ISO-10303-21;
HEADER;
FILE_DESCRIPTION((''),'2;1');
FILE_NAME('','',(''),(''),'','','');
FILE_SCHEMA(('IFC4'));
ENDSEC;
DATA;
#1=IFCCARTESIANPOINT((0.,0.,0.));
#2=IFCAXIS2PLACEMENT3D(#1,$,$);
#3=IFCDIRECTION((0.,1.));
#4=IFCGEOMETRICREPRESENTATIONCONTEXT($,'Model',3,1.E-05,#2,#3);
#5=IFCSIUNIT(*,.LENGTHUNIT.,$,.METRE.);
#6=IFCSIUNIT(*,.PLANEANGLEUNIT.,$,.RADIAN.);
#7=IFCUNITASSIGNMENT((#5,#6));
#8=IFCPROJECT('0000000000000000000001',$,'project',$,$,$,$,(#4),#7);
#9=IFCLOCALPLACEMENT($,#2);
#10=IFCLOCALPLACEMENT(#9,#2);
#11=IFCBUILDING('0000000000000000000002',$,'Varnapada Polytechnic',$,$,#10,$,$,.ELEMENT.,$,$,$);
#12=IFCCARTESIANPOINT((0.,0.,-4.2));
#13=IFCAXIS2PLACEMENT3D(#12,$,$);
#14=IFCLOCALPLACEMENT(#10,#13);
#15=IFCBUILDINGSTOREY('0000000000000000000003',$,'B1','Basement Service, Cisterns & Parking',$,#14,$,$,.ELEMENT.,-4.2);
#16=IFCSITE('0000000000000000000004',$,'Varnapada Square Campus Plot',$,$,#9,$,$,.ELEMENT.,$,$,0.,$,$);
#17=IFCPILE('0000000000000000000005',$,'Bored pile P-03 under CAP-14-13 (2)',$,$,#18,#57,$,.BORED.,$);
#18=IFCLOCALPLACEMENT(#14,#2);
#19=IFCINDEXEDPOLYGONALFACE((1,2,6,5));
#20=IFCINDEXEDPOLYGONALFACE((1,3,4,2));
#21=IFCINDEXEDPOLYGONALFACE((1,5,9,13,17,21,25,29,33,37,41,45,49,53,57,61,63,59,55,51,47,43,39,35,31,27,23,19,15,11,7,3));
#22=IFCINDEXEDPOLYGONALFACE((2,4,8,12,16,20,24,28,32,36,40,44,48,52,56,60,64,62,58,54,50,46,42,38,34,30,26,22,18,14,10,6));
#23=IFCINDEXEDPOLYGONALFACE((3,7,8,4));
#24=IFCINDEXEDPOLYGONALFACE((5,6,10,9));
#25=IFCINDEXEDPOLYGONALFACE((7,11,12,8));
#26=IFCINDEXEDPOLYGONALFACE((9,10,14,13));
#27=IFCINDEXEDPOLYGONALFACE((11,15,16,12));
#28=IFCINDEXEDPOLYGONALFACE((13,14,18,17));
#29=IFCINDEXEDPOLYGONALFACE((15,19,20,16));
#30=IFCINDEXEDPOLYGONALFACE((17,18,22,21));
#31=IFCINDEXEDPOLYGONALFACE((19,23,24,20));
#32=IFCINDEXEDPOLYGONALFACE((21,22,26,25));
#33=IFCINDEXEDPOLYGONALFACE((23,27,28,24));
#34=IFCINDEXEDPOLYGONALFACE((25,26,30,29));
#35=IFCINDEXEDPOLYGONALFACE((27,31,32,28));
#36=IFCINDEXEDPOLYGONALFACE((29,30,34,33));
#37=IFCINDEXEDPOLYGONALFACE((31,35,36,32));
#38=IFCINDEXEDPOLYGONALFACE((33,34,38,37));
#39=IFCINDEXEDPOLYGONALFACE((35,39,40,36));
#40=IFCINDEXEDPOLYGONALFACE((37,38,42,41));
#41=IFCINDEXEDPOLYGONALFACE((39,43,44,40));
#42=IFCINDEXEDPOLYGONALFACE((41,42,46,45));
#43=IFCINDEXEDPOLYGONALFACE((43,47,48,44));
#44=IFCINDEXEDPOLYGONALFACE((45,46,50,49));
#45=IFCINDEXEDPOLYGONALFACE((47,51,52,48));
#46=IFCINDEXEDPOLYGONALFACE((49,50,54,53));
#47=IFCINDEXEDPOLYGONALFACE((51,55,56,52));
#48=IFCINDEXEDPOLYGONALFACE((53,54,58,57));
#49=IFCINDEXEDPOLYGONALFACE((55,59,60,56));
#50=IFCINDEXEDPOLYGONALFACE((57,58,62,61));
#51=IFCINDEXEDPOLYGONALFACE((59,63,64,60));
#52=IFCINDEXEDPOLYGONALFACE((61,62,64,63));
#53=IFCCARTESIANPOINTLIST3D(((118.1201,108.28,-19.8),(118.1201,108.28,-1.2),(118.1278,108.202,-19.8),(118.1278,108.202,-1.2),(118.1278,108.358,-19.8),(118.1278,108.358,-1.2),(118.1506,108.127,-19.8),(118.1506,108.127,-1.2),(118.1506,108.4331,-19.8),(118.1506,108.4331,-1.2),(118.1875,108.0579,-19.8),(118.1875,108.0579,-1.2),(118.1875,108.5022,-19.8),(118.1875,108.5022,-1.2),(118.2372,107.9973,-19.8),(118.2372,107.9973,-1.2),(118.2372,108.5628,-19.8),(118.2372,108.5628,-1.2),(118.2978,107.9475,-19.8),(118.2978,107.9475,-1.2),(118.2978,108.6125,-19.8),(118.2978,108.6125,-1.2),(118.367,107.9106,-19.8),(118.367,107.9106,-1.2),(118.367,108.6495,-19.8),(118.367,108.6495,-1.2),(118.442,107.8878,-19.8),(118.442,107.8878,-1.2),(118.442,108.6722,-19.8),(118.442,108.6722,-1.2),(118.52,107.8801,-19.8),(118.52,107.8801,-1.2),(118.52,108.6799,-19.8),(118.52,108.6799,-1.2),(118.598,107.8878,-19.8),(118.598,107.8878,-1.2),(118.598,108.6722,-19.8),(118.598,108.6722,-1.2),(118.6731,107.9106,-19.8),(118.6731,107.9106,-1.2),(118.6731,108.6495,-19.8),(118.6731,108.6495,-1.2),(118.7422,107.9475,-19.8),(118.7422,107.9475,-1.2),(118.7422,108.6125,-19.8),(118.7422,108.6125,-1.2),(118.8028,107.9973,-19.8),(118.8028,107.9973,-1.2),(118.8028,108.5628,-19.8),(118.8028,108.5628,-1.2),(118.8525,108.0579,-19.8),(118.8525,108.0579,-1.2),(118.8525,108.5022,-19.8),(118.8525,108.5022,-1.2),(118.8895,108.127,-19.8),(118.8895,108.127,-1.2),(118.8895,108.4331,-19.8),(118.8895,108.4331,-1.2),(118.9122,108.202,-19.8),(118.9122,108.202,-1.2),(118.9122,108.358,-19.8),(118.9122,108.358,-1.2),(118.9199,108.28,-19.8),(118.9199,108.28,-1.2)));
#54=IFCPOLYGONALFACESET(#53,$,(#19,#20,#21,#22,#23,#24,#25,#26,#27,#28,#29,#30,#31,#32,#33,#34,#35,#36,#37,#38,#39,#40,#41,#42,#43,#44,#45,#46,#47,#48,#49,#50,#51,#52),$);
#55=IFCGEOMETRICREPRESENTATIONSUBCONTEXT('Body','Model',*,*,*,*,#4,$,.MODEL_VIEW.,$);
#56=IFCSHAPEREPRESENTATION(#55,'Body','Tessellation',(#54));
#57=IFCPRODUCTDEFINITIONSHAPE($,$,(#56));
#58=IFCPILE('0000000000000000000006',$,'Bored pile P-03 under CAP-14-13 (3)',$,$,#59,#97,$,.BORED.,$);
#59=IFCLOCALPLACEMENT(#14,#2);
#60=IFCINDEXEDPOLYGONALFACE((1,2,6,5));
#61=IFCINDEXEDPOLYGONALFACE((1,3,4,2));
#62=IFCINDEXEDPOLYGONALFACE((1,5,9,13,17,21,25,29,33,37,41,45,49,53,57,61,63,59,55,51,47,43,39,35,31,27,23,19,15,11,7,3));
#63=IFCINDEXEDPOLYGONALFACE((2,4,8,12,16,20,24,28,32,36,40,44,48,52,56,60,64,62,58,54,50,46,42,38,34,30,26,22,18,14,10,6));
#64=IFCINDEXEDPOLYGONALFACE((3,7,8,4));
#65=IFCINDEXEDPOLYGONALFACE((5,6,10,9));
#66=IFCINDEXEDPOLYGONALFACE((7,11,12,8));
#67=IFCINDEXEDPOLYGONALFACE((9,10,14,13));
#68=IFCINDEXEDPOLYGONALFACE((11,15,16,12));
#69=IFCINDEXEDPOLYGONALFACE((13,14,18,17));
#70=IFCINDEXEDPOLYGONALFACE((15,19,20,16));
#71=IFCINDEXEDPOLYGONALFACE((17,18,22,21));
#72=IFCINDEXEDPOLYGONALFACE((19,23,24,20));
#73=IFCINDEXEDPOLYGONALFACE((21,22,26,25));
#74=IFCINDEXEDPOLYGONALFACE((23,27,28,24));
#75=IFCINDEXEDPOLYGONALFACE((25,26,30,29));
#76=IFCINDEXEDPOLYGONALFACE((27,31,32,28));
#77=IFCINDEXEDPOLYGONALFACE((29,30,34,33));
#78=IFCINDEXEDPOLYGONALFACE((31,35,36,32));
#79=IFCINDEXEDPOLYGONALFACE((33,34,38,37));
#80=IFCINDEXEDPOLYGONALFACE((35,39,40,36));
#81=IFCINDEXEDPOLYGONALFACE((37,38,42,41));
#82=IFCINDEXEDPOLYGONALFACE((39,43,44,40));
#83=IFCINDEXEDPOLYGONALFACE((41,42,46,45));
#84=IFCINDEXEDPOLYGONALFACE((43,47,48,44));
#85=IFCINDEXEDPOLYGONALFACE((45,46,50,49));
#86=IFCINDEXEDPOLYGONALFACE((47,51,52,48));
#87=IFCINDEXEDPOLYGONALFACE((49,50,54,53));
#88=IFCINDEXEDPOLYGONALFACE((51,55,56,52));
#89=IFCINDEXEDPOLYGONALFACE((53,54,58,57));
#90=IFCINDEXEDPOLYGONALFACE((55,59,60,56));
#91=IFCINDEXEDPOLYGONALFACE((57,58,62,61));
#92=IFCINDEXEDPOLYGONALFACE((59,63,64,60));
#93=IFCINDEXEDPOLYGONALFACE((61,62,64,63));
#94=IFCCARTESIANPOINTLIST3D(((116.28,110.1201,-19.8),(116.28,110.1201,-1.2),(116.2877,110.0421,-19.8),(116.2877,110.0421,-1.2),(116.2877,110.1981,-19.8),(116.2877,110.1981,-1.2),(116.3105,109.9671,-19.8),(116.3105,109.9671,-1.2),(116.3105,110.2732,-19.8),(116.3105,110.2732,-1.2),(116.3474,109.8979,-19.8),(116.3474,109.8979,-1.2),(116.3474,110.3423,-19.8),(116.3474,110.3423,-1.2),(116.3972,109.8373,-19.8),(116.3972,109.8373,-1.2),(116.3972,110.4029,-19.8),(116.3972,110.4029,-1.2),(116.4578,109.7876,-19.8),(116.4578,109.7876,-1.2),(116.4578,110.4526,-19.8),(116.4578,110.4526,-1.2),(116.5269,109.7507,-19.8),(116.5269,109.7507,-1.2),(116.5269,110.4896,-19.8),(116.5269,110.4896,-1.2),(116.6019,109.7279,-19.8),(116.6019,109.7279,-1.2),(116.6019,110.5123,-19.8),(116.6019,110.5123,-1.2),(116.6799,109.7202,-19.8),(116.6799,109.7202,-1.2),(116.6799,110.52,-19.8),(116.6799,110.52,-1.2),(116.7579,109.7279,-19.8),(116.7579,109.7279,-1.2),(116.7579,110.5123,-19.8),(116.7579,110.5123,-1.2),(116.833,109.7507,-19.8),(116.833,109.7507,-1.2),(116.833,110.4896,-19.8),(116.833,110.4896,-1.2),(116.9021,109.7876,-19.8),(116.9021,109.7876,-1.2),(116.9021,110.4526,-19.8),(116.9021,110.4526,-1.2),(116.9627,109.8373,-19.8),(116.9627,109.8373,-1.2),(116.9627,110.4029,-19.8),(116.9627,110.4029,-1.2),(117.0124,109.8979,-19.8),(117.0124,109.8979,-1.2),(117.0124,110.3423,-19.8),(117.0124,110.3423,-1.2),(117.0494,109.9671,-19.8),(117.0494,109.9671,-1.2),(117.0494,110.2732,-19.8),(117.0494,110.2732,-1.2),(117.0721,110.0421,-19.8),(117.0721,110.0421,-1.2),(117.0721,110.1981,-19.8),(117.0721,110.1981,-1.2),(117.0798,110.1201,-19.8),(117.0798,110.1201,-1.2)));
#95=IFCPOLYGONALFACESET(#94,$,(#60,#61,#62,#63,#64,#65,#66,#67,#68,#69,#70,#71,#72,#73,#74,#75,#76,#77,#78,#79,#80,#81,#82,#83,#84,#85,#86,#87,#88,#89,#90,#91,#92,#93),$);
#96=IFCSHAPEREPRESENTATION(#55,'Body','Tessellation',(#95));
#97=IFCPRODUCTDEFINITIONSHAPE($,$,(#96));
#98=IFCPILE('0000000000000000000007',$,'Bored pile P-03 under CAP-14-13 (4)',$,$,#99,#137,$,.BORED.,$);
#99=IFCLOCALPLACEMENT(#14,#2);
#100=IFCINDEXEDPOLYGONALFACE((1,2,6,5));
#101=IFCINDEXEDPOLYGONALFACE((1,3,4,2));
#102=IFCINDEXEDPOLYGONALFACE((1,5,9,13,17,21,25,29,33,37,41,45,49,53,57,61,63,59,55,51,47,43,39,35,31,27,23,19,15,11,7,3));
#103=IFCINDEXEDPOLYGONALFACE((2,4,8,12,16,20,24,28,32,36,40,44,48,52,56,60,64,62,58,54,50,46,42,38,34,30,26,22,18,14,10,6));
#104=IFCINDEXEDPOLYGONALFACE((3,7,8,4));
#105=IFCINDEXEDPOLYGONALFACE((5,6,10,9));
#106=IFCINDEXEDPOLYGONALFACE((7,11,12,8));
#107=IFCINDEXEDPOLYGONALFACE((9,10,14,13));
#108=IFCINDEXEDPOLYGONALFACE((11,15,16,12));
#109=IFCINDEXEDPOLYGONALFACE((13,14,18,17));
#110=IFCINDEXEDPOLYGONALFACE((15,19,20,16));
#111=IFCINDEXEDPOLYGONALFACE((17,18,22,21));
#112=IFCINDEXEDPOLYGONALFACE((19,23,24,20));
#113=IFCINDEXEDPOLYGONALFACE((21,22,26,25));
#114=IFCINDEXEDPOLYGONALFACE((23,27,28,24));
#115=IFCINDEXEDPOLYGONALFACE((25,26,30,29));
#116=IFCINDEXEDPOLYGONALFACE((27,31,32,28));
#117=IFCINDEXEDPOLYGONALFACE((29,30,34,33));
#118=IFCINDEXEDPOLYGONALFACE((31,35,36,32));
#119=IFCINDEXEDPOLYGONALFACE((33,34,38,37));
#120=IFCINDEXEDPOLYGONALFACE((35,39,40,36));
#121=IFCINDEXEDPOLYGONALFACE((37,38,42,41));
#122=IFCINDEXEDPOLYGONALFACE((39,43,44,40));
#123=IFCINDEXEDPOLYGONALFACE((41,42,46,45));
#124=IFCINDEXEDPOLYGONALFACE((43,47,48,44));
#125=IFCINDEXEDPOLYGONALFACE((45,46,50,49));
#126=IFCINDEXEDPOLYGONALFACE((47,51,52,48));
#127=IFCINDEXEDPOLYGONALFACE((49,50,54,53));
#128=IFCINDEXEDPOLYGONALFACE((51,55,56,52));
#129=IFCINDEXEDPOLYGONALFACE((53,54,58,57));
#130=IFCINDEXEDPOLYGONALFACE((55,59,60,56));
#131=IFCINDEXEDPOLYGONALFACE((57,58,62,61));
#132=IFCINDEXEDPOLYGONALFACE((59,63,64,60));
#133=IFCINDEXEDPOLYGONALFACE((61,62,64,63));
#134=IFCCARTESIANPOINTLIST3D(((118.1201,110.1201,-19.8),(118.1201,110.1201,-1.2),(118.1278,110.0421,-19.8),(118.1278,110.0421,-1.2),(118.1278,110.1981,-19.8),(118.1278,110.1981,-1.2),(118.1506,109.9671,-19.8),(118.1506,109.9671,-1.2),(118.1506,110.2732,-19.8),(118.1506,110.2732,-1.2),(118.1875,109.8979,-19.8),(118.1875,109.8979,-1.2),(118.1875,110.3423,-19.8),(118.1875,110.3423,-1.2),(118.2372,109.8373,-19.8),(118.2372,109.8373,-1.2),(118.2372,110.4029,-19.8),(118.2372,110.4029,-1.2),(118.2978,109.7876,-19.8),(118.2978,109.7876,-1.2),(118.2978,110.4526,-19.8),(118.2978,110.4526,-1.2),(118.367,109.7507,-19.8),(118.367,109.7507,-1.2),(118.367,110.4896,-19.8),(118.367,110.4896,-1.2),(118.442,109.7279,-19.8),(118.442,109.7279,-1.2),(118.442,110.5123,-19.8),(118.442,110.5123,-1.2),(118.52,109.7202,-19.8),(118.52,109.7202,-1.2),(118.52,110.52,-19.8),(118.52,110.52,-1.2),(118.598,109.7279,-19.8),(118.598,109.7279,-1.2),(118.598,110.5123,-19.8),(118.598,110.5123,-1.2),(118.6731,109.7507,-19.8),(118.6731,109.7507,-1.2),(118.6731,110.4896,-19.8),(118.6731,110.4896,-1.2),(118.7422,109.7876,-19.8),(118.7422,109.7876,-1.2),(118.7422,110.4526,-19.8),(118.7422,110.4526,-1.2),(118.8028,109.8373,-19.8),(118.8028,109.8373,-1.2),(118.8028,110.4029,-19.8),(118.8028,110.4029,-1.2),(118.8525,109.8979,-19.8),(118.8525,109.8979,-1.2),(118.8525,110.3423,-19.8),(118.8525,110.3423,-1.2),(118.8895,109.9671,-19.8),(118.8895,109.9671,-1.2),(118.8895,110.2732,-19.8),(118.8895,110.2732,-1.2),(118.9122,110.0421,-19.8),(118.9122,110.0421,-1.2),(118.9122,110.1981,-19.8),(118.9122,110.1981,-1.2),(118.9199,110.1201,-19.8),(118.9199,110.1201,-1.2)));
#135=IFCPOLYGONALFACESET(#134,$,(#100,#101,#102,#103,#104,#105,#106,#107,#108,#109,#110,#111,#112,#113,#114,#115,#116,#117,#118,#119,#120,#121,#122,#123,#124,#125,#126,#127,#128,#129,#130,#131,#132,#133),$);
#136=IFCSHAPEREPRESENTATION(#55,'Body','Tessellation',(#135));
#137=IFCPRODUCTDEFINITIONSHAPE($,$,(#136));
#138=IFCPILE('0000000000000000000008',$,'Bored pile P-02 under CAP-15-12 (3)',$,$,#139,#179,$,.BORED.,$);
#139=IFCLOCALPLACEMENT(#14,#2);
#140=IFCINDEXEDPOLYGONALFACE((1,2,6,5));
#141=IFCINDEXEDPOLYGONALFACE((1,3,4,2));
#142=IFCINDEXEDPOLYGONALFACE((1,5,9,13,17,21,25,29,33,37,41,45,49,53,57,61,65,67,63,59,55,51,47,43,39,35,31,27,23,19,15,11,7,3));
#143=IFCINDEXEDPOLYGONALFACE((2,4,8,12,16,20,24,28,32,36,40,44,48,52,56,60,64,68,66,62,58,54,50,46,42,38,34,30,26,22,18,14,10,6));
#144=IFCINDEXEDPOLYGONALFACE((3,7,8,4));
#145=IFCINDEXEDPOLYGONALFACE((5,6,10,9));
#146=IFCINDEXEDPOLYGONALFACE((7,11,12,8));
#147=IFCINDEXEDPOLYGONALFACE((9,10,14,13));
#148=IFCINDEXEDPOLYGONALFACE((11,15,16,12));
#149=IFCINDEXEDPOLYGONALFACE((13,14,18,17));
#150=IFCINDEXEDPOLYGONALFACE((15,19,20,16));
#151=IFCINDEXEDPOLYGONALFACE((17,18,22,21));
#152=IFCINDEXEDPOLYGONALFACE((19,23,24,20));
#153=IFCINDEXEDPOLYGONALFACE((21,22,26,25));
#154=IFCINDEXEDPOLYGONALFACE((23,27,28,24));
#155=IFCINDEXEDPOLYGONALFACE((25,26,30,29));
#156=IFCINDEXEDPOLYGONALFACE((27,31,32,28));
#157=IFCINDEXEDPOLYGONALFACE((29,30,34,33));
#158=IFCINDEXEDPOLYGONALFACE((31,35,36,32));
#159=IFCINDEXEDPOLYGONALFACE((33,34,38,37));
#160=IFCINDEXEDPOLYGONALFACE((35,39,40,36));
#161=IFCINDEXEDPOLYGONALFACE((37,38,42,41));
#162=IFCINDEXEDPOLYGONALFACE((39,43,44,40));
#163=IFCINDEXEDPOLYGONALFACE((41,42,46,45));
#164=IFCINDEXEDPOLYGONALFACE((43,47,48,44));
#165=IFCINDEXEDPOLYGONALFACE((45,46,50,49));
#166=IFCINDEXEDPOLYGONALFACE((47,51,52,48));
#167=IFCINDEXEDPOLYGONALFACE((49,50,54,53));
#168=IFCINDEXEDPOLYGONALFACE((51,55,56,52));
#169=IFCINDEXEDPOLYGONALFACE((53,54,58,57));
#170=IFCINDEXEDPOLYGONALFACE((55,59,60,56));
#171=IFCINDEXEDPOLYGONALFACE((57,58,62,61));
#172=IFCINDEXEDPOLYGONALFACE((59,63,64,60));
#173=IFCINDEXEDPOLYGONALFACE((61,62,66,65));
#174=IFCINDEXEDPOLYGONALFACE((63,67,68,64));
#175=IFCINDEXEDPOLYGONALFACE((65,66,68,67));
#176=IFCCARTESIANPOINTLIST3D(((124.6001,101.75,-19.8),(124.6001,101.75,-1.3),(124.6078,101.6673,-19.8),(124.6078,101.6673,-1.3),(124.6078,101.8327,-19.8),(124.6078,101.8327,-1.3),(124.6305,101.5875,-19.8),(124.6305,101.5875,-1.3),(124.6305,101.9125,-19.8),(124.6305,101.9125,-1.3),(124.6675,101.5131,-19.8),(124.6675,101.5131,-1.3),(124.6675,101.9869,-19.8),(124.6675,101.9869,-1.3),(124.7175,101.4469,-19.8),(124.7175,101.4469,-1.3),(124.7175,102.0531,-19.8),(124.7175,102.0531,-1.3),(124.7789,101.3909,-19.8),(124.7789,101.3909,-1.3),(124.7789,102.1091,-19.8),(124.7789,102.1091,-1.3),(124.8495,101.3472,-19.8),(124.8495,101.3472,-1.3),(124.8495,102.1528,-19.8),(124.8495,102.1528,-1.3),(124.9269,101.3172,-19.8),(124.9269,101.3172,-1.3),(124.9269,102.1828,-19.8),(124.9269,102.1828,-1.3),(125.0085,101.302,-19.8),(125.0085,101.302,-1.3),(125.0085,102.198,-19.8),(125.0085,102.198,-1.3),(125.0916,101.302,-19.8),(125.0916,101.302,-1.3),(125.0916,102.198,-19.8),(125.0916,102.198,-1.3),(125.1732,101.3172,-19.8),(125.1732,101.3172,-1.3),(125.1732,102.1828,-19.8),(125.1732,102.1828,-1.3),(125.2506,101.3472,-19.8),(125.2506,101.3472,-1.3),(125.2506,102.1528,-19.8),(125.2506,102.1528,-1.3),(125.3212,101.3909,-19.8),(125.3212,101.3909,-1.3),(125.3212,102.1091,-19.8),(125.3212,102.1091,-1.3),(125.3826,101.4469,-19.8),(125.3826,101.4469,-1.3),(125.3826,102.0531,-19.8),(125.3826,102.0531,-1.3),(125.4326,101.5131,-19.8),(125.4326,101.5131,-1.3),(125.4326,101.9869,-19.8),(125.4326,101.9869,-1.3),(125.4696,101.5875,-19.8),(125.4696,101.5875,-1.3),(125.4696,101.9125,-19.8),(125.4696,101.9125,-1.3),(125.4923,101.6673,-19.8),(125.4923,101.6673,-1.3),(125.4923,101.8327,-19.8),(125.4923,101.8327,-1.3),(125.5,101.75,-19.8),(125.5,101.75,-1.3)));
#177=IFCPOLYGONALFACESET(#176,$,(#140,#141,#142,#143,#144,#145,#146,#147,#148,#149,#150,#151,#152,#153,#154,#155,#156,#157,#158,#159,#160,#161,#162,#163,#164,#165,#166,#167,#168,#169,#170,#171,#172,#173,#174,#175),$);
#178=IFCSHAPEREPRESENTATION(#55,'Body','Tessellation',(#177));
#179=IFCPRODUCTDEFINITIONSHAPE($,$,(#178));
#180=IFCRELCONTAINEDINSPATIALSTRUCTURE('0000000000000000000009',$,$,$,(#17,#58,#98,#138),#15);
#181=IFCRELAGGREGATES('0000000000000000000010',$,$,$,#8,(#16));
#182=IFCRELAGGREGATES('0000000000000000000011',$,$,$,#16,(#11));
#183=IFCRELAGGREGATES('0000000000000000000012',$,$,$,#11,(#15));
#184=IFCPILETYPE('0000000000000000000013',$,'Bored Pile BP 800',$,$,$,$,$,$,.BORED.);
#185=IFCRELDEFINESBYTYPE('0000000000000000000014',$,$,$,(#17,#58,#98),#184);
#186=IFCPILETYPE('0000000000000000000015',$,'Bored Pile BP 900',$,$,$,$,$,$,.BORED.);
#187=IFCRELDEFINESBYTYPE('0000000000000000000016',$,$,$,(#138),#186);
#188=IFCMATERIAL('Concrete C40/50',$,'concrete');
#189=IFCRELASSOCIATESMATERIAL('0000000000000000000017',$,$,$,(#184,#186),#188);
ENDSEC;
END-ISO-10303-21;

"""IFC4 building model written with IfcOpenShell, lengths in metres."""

from ifc_helpers import new_model, si_unit, direction, frame, origin, origin_2d, place, context, subcontext, project, spatial, circle, extrude, material, material_profile, profile_set, type_object, element, save


model = new_model("IFC4")

# Units and contexts
model_context = context("Model", 3, precision=1e-05, world=origin(), true_north=direction((0.0, 1.0)))
body_context = subcontext(model_context, "Body", "Model", "MODEL_VIEW")
ifc_project = project(units=[si_unit("LENGTHUNIT", "METRE"), si_unit("PLANEANGLEUNIT", "RADIAN")], contexts=[model_context])

# Site, building, storey
site_placement = place(None, origin())
site = spatial("IfcSite", under=ifc_project, at=site_placement, Name="Varnapada Square Campus Plot", CompositionType="ELEMENT", RefElevation=0.0)
building_placement = place(site_placement, origin())
building = spatial("IfcBuilding", under=site, at=building_placement, Name="Varnapada Polytechnic", CompositionType="ELEMENT")
storey_placement = place(building_placement, frame((0.0, 0.0, -4.2)))
storey = spatial("IfcBuildingStorey", under=building, at=storey_placement, Name="B1", Description="Basement Service, Cisterns & Parking", CompositionType="ELEMENT", Elevation=-4.2)

# Piles
ifc_material_1 = material(Name="Concrete C40/50", Category="concrete")
ifc_material_profile_1 = material_profile(ifc_material_1, circle(Radius=0.3999, at=origin_2d()), Name="BP 800")
ifc_profile_set_1 = profile_set([ifc_material_profile_1], Name="Concrete C40/50")
pile_type_1 = type_object("IfcPileType", Name="Bored Pile BP 800", PredefinedType="BORED", material=ifc_profile_set_1)
for number, where, z_axis, x_axis, name in (
    (1, (118.52, 108.28, -1.2), (0.0, 0.0, -1.0), (1.0, 0.0, 0.0), "Bored pile P-03 under CAP-14-13 (2)"),
    (2, (116.6799, 110.1201, -1.2), (0.0, 0.0, -1.0), (1.0, 0.0, 0.0), "Bored pile P-03 under CAP-14-13 (3)"),
    (3, (118.52, 110.1201, -1.2), (0.0, 0.0, -1.0), (1.0, 0.0, 0.0), "Bored pile P-03 under CAP-14-13 (4)"),
):
    element("IfcPile", number, at=place(storey_placement, frame(where, z_axis=z_axis, x_axis=x_axis)), inside=storey, type_object=pile_type_1, Name=name, PredefinedType="BORED", context=body_context, shape_type="SweptSolid", body=[
        extrude(circle(Radius=0.3999, at=origin_2d()), origin(), (0.0, 0.0, 1.0), 18.6001),
    ])
ifc_material_profile_2 = material_profile(ifc_material_1, circle(Radius=0.45, at=origin_2d()), Name="BP 900")
ifc_profile_set_2 = profile_set([ifc_material_profile_2], Name="Concrete C40/50")
pile_type_2 = type_object("IfcPileType", Name="Bored Pile BP 900", PredefinedType="BORED", material=ifc_profile_set_2)
for number, where, z_axis, x_axis, name in (
    (4, (125.05, 101.75, -1.3), (0.0, 0.0, -1.0), (1.0, 0.0, 0.0), "Bored pile P-02 under CAP-15-12 (3)"),
):
    element("IfcPile", number, at=place(storey_placement, frame(where, z_axis=z_axis, x_axis=x_axis)), inside=storey, type_object=pile_type_2, Name=name, PredefinedType="BORED", context=body_context, shape_type="SweptSolid", body=[
        extrude(circle(Radius=0.45, at=origin_2d()), origin(), (0.0, 0.0, 1.0), 18.5),
    ])

save(model, "model.ifc")
